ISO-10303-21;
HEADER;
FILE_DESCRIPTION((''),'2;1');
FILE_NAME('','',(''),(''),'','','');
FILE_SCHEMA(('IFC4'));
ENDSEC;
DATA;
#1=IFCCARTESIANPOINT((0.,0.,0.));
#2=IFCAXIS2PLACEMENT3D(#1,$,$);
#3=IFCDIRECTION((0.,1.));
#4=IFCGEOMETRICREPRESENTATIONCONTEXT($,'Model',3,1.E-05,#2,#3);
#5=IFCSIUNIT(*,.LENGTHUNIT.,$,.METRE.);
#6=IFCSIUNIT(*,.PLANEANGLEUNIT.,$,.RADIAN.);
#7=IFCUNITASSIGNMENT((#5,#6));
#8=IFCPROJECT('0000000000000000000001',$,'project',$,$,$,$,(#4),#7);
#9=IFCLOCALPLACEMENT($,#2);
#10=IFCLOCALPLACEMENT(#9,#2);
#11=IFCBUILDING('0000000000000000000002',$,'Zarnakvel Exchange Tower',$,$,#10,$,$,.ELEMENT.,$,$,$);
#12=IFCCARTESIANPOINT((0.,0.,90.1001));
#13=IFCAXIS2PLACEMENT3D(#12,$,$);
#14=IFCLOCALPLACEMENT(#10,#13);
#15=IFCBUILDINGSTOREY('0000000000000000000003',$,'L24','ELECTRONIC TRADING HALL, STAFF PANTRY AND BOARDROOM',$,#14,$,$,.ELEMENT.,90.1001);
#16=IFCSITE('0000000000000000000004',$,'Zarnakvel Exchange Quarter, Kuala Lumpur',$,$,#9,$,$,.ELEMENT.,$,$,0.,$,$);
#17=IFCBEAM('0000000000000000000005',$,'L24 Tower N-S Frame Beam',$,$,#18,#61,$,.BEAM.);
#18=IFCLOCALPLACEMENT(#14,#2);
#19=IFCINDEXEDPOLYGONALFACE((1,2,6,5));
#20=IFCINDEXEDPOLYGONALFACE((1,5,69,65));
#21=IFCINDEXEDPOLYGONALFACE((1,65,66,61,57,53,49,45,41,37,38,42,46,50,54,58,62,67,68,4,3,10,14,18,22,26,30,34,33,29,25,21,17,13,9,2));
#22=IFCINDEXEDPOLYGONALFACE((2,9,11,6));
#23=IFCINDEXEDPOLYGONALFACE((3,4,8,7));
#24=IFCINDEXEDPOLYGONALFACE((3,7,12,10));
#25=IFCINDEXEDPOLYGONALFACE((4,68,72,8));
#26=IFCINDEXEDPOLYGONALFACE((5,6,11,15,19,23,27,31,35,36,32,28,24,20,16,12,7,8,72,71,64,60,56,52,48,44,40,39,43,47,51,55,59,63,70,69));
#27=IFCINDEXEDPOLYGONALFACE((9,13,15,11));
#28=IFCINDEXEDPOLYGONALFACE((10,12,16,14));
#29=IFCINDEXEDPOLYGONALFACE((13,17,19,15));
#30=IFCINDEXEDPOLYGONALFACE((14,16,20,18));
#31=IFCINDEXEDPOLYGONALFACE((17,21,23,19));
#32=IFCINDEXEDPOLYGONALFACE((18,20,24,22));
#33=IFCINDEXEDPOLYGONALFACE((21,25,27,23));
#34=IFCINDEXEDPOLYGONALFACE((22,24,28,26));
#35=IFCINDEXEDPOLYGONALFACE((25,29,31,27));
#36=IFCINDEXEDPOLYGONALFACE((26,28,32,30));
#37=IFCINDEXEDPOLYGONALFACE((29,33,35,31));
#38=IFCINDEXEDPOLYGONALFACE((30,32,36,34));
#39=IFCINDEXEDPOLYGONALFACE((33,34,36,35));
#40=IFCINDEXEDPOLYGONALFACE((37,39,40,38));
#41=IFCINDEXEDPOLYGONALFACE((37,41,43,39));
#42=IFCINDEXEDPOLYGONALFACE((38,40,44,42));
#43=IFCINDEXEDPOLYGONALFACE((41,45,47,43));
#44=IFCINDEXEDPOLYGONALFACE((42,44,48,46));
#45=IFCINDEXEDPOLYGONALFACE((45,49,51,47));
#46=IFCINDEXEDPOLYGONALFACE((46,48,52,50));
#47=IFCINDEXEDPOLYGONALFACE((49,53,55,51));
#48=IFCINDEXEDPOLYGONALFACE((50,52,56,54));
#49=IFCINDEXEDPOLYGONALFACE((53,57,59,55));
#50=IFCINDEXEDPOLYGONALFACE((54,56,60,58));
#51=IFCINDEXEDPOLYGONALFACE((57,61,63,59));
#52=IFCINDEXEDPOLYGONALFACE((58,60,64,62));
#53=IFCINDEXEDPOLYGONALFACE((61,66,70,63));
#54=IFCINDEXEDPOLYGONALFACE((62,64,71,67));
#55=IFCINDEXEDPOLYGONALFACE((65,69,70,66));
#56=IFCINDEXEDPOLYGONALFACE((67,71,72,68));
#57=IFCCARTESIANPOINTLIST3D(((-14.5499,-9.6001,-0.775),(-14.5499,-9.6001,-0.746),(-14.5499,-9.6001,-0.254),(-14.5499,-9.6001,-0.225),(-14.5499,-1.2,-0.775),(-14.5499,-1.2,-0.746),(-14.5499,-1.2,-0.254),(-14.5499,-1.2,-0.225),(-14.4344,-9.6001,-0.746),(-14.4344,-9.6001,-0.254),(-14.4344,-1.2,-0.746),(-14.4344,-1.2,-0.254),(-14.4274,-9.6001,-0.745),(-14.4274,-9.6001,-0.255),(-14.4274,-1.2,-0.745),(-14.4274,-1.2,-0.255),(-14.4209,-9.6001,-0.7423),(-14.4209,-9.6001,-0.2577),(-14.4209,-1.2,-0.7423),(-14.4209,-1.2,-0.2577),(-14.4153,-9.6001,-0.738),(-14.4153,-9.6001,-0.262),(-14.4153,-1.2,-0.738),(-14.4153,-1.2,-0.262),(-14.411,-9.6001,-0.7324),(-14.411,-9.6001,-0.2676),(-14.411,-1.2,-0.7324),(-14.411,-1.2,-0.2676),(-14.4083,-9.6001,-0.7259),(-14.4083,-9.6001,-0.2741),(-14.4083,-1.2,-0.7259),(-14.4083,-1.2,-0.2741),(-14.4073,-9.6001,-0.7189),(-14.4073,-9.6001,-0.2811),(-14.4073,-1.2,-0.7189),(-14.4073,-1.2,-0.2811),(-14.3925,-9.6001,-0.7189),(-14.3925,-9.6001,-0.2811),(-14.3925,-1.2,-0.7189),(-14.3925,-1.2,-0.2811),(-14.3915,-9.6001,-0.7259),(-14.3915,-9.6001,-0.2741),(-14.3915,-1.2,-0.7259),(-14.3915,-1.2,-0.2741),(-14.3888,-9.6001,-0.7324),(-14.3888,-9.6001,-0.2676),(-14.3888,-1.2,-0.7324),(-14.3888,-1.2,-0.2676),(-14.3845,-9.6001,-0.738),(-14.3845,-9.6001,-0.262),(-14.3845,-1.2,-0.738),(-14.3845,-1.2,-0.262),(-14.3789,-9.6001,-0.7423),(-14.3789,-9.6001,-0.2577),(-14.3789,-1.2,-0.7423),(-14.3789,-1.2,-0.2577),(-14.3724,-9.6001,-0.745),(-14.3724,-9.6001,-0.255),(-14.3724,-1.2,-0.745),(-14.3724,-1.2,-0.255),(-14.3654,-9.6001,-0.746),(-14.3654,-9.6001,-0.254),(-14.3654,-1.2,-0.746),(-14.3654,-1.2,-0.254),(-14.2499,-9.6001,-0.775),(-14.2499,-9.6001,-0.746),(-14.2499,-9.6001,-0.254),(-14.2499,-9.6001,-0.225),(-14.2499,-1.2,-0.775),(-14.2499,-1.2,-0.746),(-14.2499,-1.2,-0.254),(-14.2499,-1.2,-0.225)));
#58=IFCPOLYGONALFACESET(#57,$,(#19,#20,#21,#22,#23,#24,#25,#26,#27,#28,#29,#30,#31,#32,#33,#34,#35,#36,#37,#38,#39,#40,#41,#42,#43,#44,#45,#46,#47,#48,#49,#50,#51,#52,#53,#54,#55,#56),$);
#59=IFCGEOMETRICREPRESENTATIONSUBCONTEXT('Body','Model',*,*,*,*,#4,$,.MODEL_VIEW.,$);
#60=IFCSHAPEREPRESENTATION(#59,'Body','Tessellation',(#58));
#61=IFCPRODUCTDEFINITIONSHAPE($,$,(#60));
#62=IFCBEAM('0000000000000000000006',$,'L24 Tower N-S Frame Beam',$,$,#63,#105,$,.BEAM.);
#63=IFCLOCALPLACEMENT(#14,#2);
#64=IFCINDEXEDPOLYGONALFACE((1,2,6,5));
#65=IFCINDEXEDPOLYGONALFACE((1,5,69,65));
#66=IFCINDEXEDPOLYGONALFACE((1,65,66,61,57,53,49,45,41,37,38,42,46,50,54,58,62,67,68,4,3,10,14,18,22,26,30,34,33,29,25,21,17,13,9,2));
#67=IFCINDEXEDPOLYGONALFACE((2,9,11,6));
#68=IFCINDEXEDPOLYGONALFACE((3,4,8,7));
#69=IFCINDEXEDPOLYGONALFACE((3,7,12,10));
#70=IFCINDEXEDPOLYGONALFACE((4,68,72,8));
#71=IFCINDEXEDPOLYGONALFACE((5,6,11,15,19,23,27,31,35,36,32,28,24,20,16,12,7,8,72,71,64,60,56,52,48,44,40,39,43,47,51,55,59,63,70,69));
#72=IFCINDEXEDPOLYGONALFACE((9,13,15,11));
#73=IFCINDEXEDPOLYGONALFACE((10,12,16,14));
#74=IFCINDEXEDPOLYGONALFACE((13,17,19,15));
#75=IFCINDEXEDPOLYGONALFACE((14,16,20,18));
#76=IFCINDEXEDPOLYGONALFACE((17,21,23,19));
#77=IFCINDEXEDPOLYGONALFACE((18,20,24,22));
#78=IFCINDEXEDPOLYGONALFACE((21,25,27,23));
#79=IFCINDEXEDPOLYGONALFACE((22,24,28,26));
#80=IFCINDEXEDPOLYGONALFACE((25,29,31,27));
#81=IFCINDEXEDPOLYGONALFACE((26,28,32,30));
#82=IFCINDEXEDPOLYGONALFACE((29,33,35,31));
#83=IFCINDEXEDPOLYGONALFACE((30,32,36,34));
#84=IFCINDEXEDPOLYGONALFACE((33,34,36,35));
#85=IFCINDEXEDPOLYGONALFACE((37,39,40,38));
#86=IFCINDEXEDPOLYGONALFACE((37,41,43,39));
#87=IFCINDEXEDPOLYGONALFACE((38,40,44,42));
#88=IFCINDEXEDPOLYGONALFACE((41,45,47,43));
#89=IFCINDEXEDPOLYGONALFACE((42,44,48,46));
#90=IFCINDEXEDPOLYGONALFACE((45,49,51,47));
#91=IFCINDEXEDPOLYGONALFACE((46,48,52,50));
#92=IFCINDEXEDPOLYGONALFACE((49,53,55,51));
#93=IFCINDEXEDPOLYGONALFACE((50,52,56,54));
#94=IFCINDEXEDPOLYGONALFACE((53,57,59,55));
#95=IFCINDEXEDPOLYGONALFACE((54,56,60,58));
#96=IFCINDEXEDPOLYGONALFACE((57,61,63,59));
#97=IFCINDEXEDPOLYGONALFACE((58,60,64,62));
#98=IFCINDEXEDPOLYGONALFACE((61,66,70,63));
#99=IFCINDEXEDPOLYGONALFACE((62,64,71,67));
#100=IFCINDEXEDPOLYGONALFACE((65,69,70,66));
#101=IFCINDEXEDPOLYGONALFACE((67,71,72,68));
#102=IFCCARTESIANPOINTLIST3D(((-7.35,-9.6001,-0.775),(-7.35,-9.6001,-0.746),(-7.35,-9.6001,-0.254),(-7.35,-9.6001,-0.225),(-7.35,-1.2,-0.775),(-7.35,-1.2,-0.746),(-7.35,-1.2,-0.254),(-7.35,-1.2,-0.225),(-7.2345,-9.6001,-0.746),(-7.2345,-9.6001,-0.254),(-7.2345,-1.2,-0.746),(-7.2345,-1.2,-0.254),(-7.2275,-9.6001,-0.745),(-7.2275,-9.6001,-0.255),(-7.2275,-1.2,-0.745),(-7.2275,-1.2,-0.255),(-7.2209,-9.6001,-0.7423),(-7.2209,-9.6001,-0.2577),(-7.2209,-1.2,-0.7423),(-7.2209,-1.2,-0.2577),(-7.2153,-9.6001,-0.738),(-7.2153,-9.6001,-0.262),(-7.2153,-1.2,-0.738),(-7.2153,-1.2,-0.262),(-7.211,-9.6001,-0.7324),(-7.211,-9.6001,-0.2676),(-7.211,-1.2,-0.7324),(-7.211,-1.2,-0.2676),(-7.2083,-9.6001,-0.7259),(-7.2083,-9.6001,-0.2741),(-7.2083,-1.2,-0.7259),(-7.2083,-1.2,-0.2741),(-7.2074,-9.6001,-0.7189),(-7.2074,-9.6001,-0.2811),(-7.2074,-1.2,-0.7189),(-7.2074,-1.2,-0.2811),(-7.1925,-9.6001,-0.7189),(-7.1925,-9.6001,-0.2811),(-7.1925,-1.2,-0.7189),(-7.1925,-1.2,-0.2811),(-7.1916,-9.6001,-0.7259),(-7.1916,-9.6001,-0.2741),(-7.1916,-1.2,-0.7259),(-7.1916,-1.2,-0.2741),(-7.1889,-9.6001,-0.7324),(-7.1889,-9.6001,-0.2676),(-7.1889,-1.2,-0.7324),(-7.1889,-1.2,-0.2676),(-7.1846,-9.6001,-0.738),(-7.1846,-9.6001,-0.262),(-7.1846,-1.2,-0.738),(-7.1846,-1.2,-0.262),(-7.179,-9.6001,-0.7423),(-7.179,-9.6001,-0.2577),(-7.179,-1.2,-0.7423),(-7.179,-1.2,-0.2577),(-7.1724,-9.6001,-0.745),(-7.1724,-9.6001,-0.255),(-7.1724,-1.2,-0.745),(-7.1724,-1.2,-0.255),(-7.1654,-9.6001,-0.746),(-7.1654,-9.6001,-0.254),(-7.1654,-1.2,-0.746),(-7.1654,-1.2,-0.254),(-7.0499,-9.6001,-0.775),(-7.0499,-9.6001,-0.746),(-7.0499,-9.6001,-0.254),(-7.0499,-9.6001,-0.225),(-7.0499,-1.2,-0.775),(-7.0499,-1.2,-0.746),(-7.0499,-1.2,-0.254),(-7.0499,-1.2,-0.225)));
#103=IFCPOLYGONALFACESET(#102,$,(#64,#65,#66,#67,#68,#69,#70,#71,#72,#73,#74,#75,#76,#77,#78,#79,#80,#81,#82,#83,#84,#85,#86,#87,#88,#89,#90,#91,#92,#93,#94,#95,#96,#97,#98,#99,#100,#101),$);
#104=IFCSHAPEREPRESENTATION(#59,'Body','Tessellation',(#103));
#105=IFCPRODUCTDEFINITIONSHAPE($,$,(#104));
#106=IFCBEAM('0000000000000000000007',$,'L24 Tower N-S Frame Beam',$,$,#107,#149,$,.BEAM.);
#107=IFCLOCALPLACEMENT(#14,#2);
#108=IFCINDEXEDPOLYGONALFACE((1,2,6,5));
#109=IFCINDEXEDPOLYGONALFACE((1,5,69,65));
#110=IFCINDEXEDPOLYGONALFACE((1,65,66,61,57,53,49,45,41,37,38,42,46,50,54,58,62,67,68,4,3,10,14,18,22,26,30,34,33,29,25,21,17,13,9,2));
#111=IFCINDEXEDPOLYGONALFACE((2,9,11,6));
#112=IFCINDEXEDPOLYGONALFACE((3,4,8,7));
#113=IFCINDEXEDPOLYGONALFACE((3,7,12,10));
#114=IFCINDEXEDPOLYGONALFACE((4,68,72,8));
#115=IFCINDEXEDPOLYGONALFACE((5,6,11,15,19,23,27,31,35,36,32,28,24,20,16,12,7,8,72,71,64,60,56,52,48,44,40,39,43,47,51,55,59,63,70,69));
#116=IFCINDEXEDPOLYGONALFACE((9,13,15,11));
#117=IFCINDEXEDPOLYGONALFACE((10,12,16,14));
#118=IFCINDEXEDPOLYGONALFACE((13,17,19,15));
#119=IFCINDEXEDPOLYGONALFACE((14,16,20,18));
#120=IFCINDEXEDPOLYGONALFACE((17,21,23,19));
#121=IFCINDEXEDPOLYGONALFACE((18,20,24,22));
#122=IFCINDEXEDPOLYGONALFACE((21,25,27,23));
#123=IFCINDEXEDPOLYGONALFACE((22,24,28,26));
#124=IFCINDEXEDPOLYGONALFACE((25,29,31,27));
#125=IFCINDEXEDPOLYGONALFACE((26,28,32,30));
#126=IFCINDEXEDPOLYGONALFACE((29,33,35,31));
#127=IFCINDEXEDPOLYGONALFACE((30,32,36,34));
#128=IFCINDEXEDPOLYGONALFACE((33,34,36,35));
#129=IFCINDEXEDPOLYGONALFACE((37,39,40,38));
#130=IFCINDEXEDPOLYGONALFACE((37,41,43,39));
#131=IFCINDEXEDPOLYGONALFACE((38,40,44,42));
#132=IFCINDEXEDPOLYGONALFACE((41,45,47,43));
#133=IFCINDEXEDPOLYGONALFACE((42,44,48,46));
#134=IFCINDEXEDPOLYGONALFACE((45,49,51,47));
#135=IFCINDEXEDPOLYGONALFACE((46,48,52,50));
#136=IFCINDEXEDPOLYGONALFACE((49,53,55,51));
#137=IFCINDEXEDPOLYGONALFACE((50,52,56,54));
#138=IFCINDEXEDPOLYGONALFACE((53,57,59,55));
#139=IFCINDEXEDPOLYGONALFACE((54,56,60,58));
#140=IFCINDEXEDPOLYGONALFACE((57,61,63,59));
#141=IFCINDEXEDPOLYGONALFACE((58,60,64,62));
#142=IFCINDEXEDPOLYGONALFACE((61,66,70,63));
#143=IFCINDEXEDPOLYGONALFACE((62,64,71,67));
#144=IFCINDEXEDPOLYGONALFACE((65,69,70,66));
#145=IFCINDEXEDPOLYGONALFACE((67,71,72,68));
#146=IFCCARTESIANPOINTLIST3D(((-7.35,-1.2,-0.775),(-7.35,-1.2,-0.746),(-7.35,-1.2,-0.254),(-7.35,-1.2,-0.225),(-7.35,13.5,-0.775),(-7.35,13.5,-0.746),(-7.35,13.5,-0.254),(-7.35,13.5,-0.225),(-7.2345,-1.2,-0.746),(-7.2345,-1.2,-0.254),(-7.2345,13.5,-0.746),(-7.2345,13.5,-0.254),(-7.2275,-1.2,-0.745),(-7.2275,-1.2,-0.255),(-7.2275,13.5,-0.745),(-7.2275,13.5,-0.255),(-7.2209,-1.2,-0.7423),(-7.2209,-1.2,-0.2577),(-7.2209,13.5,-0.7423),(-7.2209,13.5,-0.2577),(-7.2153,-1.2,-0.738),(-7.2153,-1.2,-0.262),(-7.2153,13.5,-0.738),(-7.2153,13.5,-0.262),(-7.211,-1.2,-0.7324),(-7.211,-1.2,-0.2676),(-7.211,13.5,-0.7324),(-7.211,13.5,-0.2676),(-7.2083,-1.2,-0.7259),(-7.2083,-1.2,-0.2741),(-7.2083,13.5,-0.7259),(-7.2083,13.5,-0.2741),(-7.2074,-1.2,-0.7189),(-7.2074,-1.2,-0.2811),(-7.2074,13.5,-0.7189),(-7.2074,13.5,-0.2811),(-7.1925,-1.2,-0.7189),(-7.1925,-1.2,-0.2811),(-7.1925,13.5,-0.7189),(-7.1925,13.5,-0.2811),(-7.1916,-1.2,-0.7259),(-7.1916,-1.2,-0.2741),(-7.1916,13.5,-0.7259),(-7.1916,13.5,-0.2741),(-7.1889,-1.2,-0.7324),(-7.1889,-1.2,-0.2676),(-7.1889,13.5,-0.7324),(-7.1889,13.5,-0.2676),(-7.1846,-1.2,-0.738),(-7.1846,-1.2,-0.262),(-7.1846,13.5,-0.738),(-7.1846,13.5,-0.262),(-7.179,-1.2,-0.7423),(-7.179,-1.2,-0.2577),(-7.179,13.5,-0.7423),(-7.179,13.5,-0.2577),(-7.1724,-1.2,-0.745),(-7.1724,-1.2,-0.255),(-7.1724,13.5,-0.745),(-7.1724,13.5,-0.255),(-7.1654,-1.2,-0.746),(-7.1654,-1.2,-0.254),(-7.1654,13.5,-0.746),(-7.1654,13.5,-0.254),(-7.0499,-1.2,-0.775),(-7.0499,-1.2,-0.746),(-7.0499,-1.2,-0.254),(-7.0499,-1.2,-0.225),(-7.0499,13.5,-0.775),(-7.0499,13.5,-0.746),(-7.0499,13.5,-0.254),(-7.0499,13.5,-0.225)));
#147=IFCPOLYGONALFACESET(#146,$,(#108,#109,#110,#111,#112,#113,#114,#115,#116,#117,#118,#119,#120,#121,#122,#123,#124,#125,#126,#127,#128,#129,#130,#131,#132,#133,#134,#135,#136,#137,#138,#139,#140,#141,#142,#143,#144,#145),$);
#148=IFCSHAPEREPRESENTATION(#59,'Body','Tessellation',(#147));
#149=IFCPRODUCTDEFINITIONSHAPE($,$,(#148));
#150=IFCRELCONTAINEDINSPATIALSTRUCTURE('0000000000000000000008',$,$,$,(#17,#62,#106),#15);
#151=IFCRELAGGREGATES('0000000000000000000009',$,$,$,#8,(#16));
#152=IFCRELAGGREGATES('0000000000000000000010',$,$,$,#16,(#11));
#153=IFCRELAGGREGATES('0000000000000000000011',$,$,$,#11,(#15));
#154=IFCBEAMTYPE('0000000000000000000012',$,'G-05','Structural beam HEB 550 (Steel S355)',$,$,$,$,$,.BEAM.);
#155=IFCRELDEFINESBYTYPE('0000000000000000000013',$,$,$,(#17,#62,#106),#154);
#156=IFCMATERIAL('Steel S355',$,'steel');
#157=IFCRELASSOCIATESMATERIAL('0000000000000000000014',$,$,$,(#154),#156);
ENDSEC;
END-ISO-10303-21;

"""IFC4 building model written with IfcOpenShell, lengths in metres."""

from ifc_helpers import new_model, si_unit, direction, frame, origin, origin_2d, place, context, subcontext, project, spatial, i_section, extrude, material, material_profile, profile_set, type_object, element, save


model = new_model("IFC4")

# Units and contexts
model_context = context("Model", 3, precision=1e-05, world=origin(), true_north=direction((0.0, 1.0)))
body_context = subcontext(model_context, "Body", "Model", "MODEL_VIEW")
ifc_project = project(units=[si_unit("LENGTHUNIT", "METRE"), si_unit("PLANEANGLEUNIT", "RADIAN")], contexts=[model_context])

# Site, building, storey
site_placement = place(None, origin())
site = spatial("IfcSite", under=ifc_project, at=site_placement, Name="Zarnakvel Exchange Quarter, Kuala Lumpur", CompositionType="ELEMENT", RefElevation=0.0)
building_placement = place(site_placement, origin())
building = spatial("IfcBuilding", under=site, at=building_placement, Name="Zarnakvel Exchange Tower", CompositionType="ELEMENT")
storey_placement = place(building_placement, frame((0.0, 0.0, 90.1001)))
storey = spatial("IfcBuildingStorey", under=building, at=storey_placement, Name="L24", Description="ELECTRONIC TRADING HALL, STAFF PANTRY AND BOARDROOM", CompositionType="ELEMENT", Elevation=90.1001)

# Beams
ifc_material_1 = material(Name="Steel S355", Category="steel")
ifc_material_profile_1 = material_profile(ifc_material_1, i_section(OverallWidth=0.3, OverallDepth=0.55, WebThickness=0.0149, FlangeThickness=0.0291, FilletRadius=0.0271, at=origin_2d()))
ifc_profile_set_1 = profile_set([ifc_material_profile_1], Name="Steel S355")
beam_type_1 = type_object("IfcBeamType", Name="G-05", Description="Structural beam HEB 550 (Steel S355)", PredefinedType="BEAM", material=ifc_profile_set_1)
for number, where, z_axis, x_axis, name in (
    (1, (-14.3999, -9.6001, -0.5), (0.0, 1.0, 0.0), (-1.0, 0.0, 0.0), "L24 Tower N-S Frame Beam"),
    (2, (-7.2, -9.6001, -0.5), (0.0, 1.0, 0.0), (-1.0, 0.0, 0.0), "L24 Tower N-S Frame Beam"),
):
    element("IfcBeam", number, at=place(storey_placement, frame(where, z_axis=z_axis, x_axis=x_axis)), inside=storey, type_object=beam_type_1, Name=name, PredefinedType="BEAM", context=body_context, shape_type="SweptSolid", body=[
        extrude(i_section(OverallWidth=0.3, OverallDepth=0.55, WebThickness=0.0149, FlangeThickness=0.0291, FilletRadius=0.0271, at=origin_2d()), origin(), (0.0, 0.0, 1.0), 8.4001),
    ])
beam_1_placement = place(storey_placement, frame((-7.2, -1.2, -0.5), z_axis=(0.0, 1.0, 0.0), x_axis=(-1.0, 0.0, 0.0)))
element("IfcBeam", 3, at=beam_1_placement, inside=storey, type_object=beam_type_1, Name="L24 Tower N-S Frame Beam", PredefinedType="BEAM", context=body_context, shape_type="SweptSolid", body=[
    extrude(i_section(OverallWidth=0.3, OverallDepth=0.55, WebThickness=0.0149, FlangeThickness=0.0291, FilletRadius=0.0271, at=origin_2d()), origin(), (0.0, 0.0, 1.0), 14.7),
])

save(model, "model.ifc")
